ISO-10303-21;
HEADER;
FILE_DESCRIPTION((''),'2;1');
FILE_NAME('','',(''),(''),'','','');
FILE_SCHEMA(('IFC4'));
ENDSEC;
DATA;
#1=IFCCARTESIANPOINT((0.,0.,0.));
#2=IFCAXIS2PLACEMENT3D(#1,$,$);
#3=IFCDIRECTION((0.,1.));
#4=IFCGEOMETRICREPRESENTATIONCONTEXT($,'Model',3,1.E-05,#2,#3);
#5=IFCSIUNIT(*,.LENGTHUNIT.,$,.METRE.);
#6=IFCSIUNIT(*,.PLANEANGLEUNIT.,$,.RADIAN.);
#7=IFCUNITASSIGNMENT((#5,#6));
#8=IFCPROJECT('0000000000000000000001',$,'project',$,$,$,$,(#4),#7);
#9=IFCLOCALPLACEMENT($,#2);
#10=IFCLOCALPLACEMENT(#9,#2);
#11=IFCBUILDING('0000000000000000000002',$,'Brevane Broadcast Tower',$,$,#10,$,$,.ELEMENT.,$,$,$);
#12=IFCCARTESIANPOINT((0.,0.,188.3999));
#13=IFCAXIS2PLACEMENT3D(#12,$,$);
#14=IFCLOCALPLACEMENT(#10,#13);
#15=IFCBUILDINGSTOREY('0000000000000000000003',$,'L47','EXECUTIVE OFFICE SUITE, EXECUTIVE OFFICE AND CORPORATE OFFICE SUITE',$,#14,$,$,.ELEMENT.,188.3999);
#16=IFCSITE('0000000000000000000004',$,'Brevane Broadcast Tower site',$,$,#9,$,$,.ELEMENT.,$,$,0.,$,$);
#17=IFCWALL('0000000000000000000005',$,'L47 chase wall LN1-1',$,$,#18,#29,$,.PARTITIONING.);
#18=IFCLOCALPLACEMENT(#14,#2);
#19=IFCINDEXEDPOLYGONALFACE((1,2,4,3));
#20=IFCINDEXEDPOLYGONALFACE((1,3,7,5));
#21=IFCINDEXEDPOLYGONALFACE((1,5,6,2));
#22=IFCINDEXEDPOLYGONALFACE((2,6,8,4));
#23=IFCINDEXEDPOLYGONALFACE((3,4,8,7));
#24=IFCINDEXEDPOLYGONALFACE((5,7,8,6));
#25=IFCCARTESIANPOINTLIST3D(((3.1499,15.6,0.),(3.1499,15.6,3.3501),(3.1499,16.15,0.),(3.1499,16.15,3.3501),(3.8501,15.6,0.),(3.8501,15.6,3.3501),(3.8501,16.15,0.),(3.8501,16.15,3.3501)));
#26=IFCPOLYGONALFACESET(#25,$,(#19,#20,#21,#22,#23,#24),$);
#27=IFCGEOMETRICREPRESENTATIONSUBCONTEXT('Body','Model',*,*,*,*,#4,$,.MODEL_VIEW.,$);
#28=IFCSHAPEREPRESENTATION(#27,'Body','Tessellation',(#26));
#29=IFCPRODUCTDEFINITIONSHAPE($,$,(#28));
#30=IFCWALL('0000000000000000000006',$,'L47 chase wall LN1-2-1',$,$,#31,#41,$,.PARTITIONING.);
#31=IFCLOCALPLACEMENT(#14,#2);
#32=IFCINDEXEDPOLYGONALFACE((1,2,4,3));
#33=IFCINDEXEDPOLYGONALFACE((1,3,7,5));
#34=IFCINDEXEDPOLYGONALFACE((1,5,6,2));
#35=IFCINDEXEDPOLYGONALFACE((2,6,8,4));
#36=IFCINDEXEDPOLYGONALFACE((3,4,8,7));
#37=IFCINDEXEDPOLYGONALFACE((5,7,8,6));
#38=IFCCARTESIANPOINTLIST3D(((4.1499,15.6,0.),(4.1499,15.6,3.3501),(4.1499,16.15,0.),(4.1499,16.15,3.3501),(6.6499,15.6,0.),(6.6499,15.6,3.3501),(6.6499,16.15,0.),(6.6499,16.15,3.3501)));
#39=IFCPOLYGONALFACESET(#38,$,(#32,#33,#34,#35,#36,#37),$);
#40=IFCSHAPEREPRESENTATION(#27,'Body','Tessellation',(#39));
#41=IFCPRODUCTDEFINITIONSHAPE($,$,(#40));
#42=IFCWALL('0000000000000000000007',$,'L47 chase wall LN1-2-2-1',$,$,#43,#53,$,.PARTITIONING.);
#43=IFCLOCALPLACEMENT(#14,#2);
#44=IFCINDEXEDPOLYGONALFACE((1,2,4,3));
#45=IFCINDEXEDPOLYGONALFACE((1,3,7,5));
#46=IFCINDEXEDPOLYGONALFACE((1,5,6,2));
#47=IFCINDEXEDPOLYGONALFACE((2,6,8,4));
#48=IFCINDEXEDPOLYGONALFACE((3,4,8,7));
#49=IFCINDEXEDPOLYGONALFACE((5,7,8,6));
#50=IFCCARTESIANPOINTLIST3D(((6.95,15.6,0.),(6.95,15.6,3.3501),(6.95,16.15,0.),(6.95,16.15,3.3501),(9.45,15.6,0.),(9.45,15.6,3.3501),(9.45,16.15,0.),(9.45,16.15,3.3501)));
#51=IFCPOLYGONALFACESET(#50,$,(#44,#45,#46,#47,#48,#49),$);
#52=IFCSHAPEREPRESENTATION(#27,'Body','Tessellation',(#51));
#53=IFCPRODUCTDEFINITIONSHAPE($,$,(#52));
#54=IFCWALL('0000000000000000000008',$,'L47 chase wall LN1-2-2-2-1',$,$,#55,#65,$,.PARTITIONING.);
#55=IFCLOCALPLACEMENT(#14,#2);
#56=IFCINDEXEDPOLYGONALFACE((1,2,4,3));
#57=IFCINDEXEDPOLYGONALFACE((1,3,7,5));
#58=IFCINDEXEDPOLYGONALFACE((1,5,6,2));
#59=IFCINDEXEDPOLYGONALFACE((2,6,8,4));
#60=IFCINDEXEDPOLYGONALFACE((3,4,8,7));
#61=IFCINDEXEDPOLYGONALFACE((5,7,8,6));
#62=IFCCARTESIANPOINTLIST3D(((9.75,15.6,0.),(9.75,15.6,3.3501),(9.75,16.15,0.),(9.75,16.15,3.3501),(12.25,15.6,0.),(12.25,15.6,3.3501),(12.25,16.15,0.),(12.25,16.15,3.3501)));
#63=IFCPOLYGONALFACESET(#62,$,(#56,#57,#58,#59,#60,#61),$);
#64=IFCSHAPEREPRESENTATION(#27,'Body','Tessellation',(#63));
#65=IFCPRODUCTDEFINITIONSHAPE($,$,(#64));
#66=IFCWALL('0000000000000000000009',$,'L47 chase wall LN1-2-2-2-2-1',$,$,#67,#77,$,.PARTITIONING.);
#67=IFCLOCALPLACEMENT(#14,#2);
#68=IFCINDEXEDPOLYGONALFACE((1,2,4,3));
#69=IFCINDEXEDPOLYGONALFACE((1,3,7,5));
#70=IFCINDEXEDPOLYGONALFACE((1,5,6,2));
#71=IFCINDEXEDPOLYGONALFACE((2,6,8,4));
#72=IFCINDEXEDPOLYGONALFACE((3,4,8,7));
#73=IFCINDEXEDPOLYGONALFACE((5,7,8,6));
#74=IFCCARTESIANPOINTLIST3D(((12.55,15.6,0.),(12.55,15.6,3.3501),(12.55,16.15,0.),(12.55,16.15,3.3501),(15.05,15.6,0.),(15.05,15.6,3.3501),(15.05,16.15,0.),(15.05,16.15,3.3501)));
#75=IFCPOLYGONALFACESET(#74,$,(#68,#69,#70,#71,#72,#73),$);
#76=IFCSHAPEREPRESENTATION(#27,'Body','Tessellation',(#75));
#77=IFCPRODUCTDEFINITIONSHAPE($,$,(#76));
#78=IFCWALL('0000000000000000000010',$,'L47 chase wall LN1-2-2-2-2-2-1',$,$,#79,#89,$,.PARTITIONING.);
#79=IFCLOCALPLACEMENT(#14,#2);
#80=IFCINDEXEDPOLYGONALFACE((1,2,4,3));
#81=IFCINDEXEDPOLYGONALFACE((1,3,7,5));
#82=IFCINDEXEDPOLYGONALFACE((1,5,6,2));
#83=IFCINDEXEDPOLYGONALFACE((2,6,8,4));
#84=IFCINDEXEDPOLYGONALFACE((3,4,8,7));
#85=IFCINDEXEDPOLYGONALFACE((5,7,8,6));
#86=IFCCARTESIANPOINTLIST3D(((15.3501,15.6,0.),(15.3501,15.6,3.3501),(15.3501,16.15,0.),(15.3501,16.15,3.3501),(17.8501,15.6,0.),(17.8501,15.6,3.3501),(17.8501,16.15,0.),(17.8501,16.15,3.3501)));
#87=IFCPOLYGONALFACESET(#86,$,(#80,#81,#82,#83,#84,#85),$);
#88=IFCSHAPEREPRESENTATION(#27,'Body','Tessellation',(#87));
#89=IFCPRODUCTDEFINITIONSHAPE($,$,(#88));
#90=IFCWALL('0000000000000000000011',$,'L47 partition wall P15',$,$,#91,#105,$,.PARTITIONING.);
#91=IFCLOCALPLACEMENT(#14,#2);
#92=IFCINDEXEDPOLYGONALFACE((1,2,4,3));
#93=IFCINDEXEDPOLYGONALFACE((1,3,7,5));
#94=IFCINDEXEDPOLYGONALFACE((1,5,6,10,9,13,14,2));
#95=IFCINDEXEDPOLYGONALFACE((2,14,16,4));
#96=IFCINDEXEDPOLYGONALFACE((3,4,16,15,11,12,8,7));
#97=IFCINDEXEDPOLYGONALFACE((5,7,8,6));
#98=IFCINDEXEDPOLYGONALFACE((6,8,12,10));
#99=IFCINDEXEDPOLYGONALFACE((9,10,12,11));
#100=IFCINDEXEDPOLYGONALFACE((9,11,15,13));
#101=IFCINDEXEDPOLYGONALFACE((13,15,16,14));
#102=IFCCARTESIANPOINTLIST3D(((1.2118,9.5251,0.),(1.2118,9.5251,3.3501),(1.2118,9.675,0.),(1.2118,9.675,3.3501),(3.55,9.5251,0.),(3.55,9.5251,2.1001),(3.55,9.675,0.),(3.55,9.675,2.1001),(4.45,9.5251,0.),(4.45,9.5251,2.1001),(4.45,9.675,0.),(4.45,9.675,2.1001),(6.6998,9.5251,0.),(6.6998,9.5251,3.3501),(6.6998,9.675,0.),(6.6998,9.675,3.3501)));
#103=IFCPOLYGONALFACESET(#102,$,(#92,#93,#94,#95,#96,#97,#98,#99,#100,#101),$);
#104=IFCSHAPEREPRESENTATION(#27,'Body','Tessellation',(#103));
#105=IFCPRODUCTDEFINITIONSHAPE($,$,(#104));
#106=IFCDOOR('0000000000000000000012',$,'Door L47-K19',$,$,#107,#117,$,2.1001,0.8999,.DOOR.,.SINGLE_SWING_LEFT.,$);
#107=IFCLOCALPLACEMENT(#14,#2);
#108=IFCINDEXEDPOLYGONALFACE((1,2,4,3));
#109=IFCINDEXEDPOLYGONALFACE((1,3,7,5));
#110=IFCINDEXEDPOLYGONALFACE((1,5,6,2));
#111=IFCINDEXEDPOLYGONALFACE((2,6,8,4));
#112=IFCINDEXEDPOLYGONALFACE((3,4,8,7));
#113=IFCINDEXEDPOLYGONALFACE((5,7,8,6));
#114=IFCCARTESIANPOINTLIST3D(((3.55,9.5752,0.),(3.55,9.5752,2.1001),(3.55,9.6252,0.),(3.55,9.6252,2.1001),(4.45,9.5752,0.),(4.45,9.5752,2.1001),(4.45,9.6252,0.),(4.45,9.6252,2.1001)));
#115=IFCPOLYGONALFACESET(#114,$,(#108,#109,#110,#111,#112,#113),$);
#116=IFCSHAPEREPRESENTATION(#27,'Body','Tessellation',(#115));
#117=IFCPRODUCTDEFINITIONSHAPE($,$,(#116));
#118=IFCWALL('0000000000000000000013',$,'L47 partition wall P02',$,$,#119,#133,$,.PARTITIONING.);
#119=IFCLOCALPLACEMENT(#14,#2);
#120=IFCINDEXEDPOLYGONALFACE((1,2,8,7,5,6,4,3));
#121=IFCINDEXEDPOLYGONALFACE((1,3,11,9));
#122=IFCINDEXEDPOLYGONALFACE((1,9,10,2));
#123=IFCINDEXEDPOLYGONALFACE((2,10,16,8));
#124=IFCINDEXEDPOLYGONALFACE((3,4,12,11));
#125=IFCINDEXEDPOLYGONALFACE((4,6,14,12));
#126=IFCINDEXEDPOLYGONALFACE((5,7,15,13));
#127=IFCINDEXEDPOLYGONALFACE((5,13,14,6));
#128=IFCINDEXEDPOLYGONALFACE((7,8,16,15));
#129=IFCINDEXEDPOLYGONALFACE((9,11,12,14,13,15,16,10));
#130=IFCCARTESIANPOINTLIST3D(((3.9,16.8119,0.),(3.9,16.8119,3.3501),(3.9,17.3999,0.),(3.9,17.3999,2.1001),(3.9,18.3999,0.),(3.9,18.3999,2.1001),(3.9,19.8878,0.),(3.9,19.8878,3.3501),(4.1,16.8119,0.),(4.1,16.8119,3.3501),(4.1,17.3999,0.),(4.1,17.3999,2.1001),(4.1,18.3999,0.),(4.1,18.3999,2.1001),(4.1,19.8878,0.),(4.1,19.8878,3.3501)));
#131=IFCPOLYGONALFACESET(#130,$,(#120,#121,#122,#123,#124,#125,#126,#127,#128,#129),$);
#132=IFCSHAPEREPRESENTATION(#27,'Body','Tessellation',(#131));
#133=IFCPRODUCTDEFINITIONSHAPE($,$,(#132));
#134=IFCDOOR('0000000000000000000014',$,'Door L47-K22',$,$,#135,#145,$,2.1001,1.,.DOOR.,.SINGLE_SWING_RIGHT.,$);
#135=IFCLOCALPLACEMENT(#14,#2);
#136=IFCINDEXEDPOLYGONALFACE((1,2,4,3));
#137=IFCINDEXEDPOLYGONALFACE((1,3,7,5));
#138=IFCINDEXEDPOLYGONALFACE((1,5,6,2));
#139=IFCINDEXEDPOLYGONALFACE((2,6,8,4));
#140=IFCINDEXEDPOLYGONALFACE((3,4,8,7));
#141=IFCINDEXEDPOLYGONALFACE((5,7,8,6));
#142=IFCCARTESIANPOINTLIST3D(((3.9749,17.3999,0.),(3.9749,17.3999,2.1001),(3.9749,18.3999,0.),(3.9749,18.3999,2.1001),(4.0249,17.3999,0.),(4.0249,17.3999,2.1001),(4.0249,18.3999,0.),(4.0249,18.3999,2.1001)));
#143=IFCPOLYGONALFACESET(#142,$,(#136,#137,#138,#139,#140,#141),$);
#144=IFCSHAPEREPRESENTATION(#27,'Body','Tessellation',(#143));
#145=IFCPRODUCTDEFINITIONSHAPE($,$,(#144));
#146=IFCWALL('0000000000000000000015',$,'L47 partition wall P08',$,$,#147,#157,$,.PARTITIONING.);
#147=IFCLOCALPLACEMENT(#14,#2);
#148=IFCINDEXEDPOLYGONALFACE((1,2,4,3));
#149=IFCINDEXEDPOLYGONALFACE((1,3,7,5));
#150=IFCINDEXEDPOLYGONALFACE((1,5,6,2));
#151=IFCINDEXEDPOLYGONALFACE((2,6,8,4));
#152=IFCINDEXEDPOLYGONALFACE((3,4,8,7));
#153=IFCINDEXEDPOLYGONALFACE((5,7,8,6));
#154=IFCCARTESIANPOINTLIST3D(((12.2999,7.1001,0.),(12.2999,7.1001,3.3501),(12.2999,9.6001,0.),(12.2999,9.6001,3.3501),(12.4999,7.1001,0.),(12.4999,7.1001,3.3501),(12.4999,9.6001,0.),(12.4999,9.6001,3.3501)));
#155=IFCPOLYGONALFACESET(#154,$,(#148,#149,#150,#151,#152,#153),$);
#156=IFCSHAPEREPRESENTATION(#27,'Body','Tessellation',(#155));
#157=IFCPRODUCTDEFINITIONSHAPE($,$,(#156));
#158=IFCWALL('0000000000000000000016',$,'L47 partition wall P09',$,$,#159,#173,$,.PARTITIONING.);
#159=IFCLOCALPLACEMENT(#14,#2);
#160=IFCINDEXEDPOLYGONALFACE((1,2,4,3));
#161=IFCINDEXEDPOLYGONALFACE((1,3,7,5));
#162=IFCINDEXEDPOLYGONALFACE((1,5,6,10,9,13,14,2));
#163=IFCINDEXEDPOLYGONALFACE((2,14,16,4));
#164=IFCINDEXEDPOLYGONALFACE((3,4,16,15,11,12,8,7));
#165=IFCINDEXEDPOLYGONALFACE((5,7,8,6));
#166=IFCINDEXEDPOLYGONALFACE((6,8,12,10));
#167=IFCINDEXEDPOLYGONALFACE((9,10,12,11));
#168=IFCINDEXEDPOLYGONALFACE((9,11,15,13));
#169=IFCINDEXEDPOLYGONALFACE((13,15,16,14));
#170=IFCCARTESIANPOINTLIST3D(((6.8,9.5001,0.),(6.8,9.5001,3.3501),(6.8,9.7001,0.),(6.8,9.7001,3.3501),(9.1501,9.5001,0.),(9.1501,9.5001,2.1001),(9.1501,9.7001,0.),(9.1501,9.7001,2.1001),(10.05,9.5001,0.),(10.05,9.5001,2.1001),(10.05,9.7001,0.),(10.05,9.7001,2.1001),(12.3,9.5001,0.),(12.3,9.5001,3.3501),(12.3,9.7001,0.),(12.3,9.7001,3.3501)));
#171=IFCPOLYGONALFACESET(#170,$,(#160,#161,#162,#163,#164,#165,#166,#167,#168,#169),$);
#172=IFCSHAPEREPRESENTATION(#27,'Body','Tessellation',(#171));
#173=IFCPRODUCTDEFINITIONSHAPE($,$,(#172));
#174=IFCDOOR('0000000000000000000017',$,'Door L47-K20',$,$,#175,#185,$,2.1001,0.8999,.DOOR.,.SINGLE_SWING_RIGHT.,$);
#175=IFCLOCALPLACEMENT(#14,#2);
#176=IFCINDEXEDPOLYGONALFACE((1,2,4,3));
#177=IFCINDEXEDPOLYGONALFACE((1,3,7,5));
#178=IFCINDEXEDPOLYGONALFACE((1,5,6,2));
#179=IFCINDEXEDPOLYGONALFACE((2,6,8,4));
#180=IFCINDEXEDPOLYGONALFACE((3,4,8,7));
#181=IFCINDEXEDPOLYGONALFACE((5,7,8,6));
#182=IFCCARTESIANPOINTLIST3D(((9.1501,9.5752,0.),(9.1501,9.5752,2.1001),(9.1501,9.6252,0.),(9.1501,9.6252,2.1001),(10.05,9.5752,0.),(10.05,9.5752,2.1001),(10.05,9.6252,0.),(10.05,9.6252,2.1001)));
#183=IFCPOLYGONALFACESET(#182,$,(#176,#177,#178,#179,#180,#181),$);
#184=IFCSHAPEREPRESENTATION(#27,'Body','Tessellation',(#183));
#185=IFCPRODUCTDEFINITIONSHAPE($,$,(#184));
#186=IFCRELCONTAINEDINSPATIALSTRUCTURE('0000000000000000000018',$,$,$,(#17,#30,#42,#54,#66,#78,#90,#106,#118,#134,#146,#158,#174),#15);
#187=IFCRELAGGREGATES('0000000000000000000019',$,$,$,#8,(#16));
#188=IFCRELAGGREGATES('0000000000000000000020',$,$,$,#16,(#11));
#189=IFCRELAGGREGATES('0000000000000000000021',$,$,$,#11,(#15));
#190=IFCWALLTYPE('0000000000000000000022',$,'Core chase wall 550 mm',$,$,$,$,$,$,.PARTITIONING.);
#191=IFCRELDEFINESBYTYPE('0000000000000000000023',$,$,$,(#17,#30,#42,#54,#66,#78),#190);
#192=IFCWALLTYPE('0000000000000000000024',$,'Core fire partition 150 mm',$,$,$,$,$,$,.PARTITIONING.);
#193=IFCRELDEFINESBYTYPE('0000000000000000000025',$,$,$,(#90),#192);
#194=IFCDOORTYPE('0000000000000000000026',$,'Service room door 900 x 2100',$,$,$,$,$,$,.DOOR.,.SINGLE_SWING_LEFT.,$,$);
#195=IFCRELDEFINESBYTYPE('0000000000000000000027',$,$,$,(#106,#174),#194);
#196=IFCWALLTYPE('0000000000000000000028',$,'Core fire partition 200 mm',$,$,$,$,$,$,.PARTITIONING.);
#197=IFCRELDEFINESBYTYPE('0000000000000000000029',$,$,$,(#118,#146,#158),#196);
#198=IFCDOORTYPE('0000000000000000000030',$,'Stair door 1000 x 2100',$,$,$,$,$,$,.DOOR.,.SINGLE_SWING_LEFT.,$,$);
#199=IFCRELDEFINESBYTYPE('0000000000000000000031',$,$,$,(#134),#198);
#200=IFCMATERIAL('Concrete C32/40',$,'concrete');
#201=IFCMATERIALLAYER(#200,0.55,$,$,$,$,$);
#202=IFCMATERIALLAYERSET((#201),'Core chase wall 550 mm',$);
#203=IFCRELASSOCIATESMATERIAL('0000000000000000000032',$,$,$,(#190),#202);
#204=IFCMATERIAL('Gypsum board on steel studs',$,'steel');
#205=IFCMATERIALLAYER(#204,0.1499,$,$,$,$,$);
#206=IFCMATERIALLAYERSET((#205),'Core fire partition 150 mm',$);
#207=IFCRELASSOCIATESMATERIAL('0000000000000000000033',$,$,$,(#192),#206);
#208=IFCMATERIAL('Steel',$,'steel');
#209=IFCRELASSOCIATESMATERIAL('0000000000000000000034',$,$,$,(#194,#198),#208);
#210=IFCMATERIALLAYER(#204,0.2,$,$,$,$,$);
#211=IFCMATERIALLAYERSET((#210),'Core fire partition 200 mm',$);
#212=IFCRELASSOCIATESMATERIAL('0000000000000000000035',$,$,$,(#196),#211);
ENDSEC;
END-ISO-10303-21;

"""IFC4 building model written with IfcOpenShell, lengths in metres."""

from ifc_helpers import new_model, si_unit, direction, frame, frame_2d, origin, place, context, subcontext, project, spatial, rectangle, extrude, material, layer, layer_set, type_object, element, fill, save


model = new_model("IFC4")

# Units and contexts
model_context = context("Model", 3, precision=1e-05, world=origin(), true_north=direction((0.0, 1.0)))
body_context = subcontext(model_context, "Body", "Model", "MODEL_VIEW")
ifc_project = project(units=[si_unit("LENGTHUNIT", "METRE"), si_unit("PLANEANGLEUNIT", "RADIAN")], contexts=[model_context])

# Site, building, storey
site_placement = place(None, origin())
site = spatial("IfcSite", under=ifc_project, at=site_placement, Name="Brevane Broadcast Tower site", CompositionType="ELEMENT", RefElevation=0.0)
building_placement = place(site_placement, origin())
building = spatial("IfcBuilding", under=site, at=building_placement, Name="Brevane Broadcast Tower", CompositionType="ELEMENT")
storey_placement = place(building_placement, frame((0.0, 0.0, 188.3999)))
storey = spatial("IfcBuildingStorey", under=building, at=storey_placement, Name="L47", Description="EXECUTIVE OFFICE SUITE, EXECUTIVE OFFICE AND CORPORATE OFFICE SUITE", CompositionType="ELEMENT", Elevation=188.3999)

# Walls
ifc_material_1 = material(Name="Concrete C32/40", Category="concrete")
ifc_layer_1 = layer(ifc_material_1, 0.55)
ifc_layer_set_1 = layer_set([ifc_layer_1], Name="Core chase wall 550 mm")
wall_type_1 = type_object("IfcWallType", Name="Core chase wall 550 mm", PredefinedType="PARTITIONING", material=ifc_layer_set_1)
wall_1_placement = place(storey_placement, frame((3.1499, 15.875, 0.0), z_axis=(0.0, 0.0, 1.0), x_axis=(1.0, 0.0, 0.0)))
element("IfcWall", 1, at=wall_1_placement, inside=storey, type_object=wall_type_1, Name="L47 chase wall LN1-1", PredefinedType="PARTITIONING", context=body_context, shape_type="SweptSolid", body=[
    extrude(rectangle(XDim=0.7002, YDim=0.55, at=frame_2d((0.3501, 0.0))), origin(), (0.0, 0.0, 1.0), 3.3501),
])
for number, where, z_axis, x_axis, name in (
    (2, (4.1499, 15.875, 0.0), (0.0, 0.0, 1.0), (1.0, 0.0, 0.0), "L47 chase wall LN1-2-1"),
    (3, (6.95, 15.875, 0.0), (0.0, 0.0, 1.0), (1.0, 0.0, 0.0), "L47 chase wall LN1-2-2-1"),
    (4, (9.75, 15.875, 0.0), (0.0, 0.0, 1.0), (1.0, 0.0, 0.0), "L47 chase wall LN1-2-2-2-1"),
    (5, (12.55, 15.875, 0.0), (0.0, 0.0, 1.0), (1.0, 0.0, 0.0), "L47 chase wall LN1-2-2-2-2-1"),
    (6, (15.3501, 15.875, 0.0), (0.0, 0.0, 1.0), (1.0, 0.0, 0.0), "L47 chase wall LN1-2-2-2-2-2-1"),
):
    element("IfcWall", number, at=place(storey_placement, frame(where, z_axis=z_axis, x_axis=x_axis)), inside=storey, type_object=wall_type_1, Name=name, PredefinedType="PARTITIONING", context=body_context, shape_type="SweptSolid", body=[
        extrude(rectangle(XDim=2.5, YDim=0.55, at=frame_2d((1.25, 0.0))), origin(), (0.0, 0.0, 1.0), 3.3501),
    ])

# Walls, openings, doors
ifc_material_2 = material(Name="Gypsum board on steel studs", Category="steel")
ifc_layer_2 = layer(ifc_material_2, 0.1499)
ifc_layer_set_2 = layer_set([ifc_layer_2], Name="Core fire partition 150 mm")
wall_type_2 = type_object("IfcWallType", Name="Core fire partition 150 mm", PredefinedType="PARTITIONING", material=ifc_layer_set_2)
wall_2_placement = place(storey_placement, frame((6.7, 9.6001, 0.0), z_axis=(0.0, 0.0, 1.0), x_axis=(-1.0, 0.0, 0.0)))
wall_2 = element("IfcWall", 7, at=wall_2_placement, inside=storey, type_object=wall_type_2, Name="L47 partition wall P15", PredefinedType="PARTITIONING", context=body_context, shape_type="SweptSolid", body=[
    extrude(rectangle(XDim=5.488, YDim=0.1499, at=frame_2d((2.7441, 0.0))), origin(), (0.0, 0.0, 1.0), 3.3501),
])
opening_1_placement = place(wall_2_placement, frame((2.25, 0.0, 0.0)))
opening_1 = element("IfcOpeningElement", 8, at=opening_1_placement, cuts=wall_2, PredefinedType="OPENING", context=body_context, shape_type="SweptSolid", body=[
    extrude(rectangle(XDim=0.8999, YDim=2.1001, at=frame_2d((0.45, 1.05))), frame((0.0, 0.085, 0.0), z_axis=(0.0, -1.0, 0.0), x_axis=(1.0, 0.0, 0.0)), (0.0, 0.0, 1.0), 0.1699),
])
ifc_material_3 = material(Name="Steel", Category="steel")
door_type_1 = type_object("IfcDoorType", Name="Service room door 900 x 2100", OperationType="SINGLE_SWING_LEFT", PredefinedType="DOOR", material=ifc_material_3)
door_1_placement = place(opening_1_placement, origin())
door_1 = element("IfcDoor", 9, at=door_1_placement, inside=storey, type_object=door_type_1, Name="Door L47-K19", OperationType="SINGLE_SWING_LEFT", OverallHeight=2.1001, OverallWidth=0.8999, PredefinedType="DOOR", context=body_context, shape_type="SweptSolid", body=[
    extrude(rectangle(XDim=0.8999, YDim=2.1001, at=frame_2d((0.45, 1.05))), frame((0.0, 0.0249, 0.0), z_axis=(0.0, -1.0, 0.0), x_axis=(1.0, 0.0, 0.0)), (0.0, 0.0, 1.0), 0.05),
])
fill(opening_1, door_1)
ifc_layer_3 = layer(ifc_material_2, 0.2)
ifc_layer_set_3 = layer_set([ifc_layer_3], Name="Core fire partition 200 mm")
wall_type_3 = type_object("IfcWallType", Name="Core fire partition 200 mm", PredefinedType="PARTITIONING", material=ifc_layer_set_3)
wall_3_placement = place(storey_placement, frame((4.0, 19.8879, 0.0), z_axis=(0.0, 0.0, 1.0), x_axis=(0.0, -1.0, 0.0)))
wall_3 = element("IfcWall", 10, at=wall_3_placement, inside=storey, type_object=wall_type_3, Name="L47 partition wall P02", PredefinedType="PARTITIONING", context=body_context, shape_type="SweptSolid", body=[
    extrude(rectangle(XDim=3.0759, YDim=0.2, at=frame_2d((1.5381, 0.0))), origin(), (0.0, 0.0, 1.0), 3.3501),
])
opening_2_placement = place(wall_3_placement, frame((1.488, 0.0, 0.0)))
opening_2 = element("IfcOpeningElement", 11, at=opening_2_placement, cuts=wall_3, PredefinedType="OPENING", context=body_context, shape_type="SweptSolid", body=[
    extrude(rectangle(XDim=1.0, YDim=2.1001, at=frame_2d((0.5, 1.05))), frame((0.0, 0.1099, 0.0), z_axis=(0.0, -1.0, 0.0), x_axis=(1.0, 0.0, 0.0)), (0.0, 0.0, 1.0), 0.22),
])
door_type_2 = type_object("IfcDoorType", Name="Stair door 1000 x 2100", OperationType="SINGLE_SWING_LEFT", PredefinedType="DOOR", material=ifc_material_3)
door_2_placement = place(opening_2_placement, origin())
door_2 = element("IfcDoor", 12, at=door_2_placement, inside=storey, type_object=door_type_2, Name="Door L47-K22", OperationType="SINGLE_SWING_RIGHT", OverallHeight=2.1001, OverallWidth=1.0, PredefinedType="DOOR", context=body_context, shape_type="SweptSolid", body=[
    extrude(rectangle(XDim=1.0, YDim=2.1001, at=frame_2d((0.5, 1.05))), frame((0.0, 0.0249, 0.0), z_axis=(0.0, -1.0, 0.0), x_axis=(1.0, 0.0, 0.0)), (0.0, 0.0, 1.0), 0.05),
])
fill(opening_2, door_2)

# Wall
wall_4_placement = place(storey_placement, frame((12.3999, 7.1001, 0.0), z_axis=(0.0, 0.0, 1.0), x_axis=(0.0, 1.0, 0.0)))
element("IfcWall", 13, at=wall_4_placement, inside=storey, type_object=wall_type_3, Name="L47 partition wall P08", PredefinedType="PARTITIONING", context=body_context, shape_type="SweptSolid", body=[
    extrude(rectangle(XDim=2.5, YDim=0.2, at=frame_2d((1.25, 0.0))), origin(), (0.0, 0.0, 1.0), 3.3501),
])

# Wall, opening, door
wall_5_placement = place(storey_placement, frame((12.3, 9.6001, 0.0), z_axis=(0.0, 0.0, 1.0), x_axis=(-1.0, 0.0, 0.0)))
wall_5 = element("IfcWall", 14, at=wall_5_placement, inside=storey, type_object=wall_type_3, Name="L47 partition wall P09", PredefinedType="PARTITIONING", context=body_context, shape_type="SweptSolid", body=[
    extrude(rectangle(XDim=5.5, YDim=0.2, at=frame_2d((2.75, 0.0))), origin(), (0.0, 0.0, 1.0), 3.3501),
])
opening_3_placement = place(wall_5_placement, frame((2.25, 0.0, 0.0)))
opening_3 = element("IfcOpeningElement", 15, at=opening_3_placement, cuts=wall_5, PredefinedType="OPENING", context=body_context, shape_type="SweptSolid", body=[
    extrude(rectangle(XDim=0.8999, YDim=2.1001, at=frame_2d((0.45, 1.05))), frame((0.0, 0.1099, 0.0), z_axis=(0.0, -1.0, 0.0), x_axis=(1.0, 0.0, 0.0)), (0.0, 0.0, 1.0), 0.22),
])
door_3_placement = place(opening_3_placement, origin())
door_3 = element("IfcDoor", 16, at=door_3_placement, inside=storey, type_object=door_type_1, Name="Door L47-K20", OperationType="SINGLE_SWING_RIGHT", OverallHeight=2.1001, OverallWidth=0.8999, PredefinedType="DOOR", context=body_context, shape_type="SweptSolid", body=[
    extrude(rectangle(XDim=0.8999, YDim=2.1001, at=frame_2d((0.45, 1.05))), frame((0.0, 0.0249, 0.0), z_axis=(0.0, -1.0, 0.0), x_axis=(1.0, 0.0, 0.0)), (0.0, 0.0, 1.0), 0.05),
])
fill(opening_3, door_3)

save(model, "model.ifc")
